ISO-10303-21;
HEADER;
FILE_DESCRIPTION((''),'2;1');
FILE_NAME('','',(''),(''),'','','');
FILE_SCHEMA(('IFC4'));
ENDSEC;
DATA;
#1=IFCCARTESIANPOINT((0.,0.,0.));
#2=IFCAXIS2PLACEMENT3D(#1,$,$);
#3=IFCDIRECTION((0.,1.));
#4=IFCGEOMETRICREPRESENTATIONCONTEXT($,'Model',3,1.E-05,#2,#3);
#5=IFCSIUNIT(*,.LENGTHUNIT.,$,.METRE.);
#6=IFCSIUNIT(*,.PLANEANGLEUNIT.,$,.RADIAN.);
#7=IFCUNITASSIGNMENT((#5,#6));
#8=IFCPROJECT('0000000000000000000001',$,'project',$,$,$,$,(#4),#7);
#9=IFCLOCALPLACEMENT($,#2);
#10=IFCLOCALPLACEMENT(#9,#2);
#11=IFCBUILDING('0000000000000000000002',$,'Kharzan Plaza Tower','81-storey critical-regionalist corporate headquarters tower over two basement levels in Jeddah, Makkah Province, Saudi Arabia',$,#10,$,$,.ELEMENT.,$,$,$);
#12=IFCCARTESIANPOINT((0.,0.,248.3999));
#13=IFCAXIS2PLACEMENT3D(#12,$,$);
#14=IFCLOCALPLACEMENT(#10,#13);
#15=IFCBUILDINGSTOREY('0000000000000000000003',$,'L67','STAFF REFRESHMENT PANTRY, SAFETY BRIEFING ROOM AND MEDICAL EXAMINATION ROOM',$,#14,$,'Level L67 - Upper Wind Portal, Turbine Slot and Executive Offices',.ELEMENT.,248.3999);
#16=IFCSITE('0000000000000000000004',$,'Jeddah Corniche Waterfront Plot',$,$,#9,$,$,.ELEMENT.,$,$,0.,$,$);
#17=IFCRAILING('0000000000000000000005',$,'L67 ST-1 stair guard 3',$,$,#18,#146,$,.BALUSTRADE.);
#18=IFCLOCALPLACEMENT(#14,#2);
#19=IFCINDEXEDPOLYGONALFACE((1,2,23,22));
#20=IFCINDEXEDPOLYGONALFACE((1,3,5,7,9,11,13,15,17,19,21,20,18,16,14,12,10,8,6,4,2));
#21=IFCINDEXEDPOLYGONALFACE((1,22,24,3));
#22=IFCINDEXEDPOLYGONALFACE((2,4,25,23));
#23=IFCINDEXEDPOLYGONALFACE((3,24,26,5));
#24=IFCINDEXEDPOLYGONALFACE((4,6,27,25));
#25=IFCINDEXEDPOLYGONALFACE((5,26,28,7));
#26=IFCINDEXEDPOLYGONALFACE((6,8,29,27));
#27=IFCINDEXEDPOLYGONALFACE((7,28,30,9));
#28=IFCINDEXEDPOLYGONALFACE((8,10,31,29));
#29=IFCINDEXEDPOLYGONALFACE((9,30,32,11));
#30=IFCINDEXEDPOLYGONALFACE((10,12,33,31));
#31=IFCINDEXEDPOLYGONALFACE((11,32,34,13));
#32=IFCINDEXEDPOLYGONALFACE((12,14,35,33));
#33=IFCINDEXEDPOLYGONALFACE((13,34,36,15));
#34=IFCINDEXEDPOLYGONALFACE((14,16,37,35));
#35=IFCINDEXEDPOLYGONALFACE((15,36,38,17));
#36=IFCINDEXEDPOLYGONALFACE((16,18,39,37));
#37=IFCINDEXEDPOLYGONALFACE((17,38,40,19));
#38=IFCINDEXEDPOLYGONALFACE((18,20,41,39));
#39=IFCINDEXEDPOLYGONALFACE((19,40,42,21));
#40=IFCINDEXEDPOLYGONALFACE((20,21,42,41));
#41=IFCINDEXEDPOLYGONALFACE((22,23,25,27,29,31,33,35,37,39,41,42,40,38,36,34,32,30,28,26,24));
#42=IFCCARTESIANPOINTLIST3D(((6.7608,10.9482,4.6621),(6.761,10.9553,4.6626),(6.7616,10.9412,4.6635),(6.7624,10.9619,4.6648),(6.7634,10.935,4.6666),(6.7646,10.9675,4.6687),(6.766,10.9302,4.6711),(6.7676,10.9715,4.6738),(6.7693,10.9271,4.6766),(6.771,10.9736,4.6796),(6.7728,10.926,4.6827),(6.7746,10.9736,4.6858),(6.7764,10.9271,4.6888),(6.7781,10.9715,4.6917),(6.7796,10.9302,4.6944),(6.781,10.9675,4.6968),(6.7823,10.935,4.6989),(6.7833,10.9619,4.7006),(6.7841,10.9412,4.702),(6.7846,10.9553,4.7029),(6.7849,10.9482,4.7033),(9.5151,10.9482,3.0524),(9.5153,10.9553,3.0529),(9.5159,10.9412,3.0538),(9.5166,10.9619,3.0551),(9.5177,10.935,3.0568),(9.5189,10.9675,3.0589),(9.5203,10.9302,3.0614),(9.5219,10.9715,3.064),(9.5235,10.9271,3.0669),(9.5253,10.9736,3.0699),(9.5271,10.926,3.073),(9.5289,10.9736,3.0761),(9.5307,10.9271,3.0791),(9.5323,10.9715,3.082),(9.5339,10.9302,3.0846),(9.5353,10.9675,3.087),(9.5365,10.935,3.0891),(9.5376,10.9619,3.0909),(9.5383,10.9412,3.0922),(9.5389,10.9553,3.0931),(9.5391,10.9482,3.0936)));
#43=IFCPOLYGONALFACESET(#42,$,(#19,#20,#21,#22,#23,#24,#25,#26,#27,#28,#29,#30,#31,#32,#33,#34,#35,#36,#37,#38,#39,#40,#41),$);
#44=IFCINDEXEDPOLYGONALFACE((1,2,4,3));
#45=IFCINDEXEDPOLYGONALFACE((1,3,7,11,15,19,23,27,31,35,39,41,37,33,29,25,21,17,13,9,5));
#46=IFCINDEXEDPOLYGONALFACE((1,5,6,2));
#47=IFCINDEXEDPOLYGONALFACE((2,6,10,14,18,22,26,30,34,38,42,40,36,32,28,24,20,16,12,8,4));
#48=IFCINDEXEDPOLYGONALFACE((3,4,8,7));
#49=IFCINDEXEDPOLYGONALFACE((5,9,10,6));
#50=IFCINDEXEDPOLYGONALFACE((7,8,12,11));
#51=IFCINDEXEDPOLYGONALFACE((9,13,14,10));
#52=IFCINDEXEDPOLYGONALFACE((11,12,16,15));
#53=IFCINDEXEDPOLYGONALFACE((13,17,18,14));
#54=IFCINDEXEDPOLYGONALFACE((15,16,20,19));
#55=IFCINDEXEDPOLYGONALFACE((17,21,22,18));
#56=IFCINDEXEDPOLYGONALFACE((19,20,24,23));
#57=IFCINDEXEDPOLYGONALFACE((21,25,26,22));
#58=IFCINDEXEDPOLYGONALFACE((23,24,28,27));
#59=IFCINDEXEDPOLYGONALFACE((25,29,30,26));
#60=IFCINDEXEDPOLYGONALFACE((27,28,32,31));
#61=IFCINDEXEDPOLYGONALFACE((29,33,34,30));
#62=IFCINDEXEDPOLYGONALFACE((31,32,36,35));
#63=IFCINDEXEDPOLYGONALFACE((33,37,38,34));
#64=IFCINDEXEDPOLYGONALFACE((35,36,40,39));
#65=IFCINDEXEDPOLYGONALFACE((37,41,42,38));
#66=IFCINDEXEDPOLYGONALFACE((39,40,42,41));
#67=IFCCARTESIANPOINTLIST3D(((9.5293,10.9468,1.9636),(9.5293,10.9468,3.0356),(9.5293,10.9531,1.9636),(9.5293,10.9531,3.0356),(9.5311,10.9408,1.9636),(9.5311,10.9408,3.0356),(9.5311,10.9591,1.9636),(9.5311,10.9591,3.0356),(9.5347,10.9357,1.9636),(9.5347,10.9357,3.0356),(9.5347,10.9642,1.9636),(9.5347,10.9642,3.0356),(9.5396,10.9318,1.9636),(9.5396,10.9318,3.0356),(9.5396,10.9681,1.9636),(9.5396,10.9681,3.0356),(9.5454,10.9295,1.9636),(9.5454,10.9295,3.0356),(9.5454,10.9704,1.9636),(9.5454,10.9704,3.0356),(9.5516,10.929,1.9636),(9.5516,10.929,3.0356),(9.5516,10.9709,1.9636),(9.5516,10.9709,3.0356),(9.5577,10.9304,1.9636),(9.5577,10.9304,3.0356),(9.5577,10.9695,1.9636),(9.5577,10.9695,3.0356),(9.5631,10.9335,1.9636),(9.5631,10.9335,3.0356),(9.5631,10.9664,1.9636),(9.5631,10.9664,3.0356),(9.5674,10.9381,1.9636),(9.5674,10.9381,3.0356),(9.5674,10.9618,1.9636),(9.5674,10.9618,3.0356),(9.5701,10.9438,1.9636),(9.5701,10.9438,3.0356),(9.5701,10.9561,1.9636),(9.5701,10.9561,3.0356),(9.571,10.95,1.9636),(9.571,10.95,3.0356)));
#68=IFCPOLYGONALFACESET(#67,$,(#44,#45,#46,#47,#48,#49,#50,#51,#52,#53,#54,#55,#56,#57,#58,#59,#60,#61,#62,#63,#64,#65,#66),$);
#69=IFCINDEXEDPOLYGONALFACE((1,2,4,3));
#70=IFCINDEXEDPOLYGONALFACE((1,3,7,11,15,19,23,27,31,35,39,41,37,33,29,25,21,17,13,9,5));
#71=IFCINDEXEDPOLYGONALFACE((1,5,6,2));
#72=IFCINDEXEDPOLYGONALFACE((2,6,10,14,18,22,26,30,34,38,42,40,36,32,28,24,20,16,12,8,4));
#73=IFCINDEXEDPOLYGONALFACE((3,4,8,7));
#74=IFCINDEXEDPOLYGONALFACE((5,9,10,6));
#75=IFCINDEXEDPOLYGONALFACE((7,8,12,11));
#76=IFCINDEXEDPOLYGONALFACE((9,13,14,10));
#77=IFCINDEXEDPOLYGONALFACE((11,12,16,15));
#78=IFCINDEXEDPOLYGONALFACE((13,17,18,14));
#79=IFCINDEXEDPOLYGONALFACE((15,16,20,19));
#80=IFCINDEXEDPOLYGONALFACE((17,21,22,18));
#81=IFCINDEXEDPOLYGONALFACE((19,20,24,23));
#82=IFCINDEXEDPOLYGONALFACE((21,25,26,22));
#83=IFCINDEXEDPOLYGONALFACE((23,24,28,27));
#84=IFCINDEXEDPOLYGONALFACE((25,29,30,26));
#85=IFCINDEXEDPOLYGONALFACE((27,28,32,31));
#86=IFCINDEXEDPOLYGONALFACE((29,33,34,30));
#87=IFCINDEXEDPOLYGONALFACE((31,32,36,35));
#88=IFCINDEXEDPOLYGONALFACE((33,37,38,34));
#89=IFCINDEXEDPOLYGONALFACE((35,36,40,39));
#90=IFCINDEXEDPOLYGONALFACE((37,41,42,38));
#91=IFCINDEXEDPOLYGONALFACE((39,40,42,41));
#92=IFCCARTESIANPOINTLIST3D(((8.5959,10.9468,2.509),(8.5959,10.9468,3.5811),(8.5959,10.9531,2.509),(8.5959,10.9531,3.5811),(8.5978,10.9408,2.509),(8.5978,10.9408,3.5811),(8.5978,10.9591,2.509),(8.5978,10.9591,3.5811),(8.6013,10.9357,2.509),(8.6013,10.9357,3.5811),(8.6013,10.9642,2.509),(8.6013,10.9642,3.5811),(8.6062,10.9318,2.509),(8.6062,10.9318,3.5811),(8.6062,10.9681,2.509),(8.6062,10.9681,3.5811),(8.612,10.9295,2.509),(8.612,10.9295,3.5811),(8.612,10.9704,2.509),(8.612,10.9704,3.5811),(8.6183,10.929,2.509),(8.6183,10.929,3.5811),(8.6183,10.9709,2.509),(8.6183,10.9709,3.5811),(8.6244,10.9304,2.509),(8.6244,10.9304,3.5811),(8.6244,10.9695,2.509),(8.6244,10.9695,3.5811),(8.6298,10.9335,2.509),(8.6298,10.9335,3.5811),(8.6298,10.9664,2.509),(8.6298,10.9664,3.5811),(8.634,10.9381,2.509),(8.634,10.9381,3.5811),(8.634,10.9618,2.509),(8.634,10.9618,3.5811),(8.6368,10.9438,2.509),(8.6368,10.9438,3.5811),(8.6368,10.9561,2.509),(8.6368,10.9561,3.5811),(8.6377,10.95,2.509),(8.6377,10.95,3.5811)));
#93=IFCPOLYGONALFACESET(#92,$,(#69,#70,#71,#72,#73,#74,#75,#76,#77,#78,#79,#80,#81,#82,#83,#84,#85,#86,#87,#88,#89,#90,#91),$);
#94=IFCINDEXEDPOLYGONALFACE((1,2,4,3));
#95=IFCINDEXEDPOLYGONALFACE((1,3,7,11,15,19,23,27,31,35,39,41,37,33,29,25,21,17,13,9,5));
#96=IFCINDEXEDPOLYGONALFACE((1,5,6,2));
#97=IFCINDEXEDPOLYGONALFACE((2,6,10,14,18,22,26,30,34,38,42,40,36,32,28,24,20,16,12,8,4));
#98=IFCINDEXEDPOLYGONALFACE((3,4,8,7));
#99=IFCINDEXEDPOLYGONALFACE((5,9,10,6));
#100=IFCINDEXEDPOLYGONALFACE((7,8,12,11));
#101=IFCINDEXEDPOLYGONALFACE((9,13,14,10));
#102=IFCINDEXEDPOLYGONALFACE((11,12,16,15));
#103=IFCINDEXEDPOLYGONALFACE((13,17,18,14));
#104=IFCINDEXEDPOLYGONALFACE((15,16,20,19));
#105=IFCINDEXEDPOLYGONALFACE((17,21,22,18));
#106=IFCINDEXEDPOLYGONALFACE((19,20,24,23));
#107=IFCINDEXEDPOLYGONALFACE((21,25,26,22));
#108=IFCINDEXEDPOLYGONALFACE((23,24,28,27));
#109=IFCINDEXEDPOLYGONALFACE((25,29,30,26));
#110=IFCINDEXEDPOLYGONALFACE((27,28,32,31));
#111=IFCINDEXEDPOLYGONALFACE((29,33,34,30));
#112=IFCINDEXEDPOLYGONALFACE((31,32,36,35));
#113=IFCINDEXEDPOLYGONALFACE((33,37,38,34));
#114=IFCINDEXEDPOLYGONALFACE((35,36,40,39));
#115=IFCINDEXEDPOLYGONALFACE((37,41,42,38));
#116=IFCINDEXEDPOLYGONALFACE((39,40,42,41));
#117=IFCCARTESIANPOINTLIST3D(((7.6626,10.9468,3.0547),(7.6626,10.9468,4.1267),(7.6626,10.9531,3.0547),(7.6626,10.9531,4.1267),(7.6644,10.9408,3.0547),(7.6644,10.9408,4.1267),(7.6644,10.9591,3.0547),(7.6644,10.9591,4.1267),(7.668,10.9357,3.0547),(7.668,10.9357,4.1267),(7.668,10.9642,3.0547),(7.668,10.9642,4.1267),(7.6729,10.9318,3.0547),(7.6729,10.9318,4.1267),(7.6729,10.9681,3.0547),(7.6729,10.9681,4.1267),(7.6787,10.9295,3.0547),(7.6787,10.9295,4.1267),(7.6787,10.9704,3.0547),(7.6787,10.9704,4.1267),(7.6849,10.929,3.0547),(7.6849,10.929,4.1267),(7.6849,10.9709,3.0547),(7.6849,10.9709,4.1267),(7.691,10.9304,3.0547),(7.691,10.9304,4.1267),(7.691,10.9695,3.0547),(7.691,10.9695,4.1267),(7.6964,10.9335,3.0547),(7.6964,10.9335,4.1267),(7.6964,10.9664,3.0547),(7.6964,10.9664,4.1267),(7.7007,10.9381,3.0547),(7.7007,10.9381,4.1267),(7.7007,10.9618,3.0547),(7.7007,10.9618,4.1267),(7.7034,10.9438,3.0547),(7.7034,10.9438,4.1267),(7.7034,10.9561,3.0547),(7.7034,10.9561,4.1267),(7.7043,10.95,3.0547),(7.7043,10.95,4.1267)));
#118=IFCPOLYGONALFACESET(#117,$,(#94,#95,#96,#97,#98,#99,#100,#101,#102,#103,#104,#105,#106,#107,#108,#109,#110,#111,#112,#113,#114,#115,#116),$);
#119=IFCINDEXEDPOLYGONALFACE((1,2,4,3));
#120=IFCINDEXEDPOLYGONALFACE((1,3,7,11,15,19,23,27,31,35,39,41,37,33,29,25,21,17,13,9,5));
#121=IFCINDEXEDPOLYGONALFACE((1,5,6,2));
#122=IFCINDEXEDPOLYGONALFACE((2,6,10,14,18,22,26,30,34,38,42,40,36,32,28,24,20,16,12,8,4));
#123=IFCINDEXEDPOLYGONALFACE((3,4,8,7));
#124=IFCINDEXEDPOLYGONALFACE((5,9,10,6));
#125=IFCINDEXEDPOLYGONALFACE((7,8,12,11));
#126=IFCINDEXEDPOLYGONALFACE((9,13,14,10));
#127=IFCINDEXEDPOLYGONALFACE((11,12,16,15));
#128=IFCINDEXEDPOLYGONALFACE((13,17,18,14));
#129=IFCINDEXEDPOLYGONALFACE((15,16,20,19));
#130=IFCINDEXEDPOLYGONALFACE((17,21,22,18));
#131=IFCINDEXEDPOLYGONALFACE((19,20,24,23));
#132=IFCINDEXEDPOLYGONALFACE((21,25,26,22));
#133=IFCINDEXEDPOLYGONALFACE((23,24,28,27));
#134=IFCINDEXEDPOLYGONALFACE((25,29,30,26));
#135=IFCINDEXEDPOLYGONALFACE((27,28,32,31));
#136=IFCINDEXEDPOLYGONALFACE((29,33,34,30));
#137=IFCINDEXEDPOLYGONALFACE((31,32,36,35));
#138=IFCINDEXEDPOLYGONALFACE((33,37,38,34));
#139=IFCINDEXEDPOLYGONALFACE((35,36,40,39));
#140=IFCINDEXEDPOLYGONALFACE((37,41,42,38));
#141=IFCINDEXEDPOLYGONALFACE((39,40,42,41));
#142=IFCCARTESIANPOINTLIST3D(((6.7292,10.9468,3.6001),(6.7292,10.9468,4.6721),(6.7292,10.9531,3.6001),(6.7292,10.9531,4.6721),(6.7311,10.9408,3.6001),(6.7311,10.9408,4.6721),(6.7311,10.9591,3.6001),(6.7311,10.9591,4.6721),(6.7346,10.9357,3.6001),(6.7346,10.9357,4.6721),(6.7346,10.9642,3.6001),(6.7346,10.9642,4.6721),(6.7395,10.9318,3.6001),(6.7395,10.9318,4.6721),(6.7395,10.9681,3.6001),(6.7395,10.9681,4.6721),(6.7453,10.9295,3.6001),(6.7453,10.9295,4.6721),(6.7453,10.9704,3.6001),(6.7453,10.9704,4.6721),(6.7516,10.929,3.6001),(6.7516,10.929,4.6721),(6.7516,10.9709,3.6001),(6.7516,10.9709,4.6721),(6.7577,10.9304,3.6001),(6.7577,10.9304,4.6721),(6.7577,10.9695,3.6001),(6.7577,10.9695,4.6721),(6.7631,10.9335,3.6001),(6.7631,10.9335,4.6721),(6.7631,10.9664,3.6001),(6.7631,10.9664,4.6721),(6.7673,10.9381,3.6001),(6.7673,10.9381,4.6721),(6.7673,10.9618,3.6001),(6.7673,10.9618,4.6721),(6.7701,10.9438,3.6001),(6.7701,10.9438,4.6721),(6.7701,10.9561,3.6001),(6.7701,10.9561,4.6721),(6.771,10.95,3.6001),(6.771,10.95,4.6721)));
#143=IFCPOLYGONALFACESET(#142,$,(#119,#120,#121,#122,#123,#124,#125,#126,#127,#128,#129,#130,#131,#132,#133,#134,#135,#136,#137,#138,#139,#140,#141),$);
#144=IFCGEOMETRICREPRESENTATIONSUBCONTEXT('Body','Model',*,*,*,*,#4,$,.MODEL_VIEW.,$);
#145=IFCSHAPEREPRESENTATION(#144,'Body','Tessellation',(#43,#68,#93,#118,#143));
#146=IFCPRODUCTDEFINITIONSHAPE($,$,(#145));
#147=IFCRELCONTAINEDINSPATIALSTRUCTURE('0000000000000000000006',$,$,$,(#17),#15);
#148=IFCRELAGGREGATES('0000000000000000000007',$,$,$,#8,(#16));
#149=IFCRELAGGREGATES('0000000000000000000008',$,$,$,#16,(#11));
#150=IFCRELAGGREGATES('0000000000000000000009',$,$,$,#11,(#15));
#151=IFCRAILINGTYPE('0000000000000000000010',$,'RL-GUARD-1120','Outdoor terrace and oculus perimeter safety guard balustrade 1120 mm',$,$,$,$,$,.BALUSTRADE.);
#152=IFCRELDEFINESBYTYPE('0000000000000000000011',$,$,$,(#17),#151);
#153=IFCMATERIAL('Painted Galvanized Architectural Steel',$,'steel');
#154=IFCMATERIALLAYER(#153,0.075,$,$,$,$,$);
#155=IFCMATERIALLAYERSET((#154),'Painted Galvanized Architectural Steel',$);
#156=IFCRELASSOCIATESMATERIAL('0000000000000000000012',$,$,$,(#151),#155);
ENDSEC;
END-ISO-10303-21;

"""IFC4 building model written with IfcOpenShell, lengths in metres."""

from ifc_helpers import new_model, si_unit, direction, frame, origin, origin_2d, place, context, subcontext, project, spatial, circle, extrude, source, transform, mapped, material, layer, layer_set, type_object, element, save


model = new_model("IFC4")

# Units and contexts
model_context = context("Model", 3, precision=1e-05, world=origin(), true_north=direction((0.0, 1.0)))
body_context = subcontext(model_context, "Body", "Model", "MODEL_VIEW")
ifc_project = project(units=[si_unit("LENGTHUNIT", "METRE"), si_unit("PLANEANGLEUNIT", "RADIAN")], contexts=[model_context])

# Site, building, storey
site_placement = place(None, origin())
site = spatial("IfcSite", under=ifc_project, at=site_placement, Name="Jeddah Corniche Waterfront Plot", CompositionType="ELEMENT", RefElevation=0.0)
building_placement = place(site_placement, origin())
building = spatial("IfcBuilding", under=site, at=building_placement, Name="Kharzan Plaza Tower", Description="81-storey critical-regionalist corporate headquarters tower over two basement levels in Jeddah, Makkah Province, Saudi Arabia", CompositionType="ELEMENT")
storey_placement = place(building_placement, frame((0.0, 0.0, 248.3999)))
storey = spatial("IfcBuildingStorey", under=building, at=storey_placement, Name="L67", Description="STAFF REFRESHMENT PANTRY, SAFETY BRIEFING ROOM AND MEDICAL EXAMINATION ROOM", LongName="Level L67 - Upper Wind Portal, Turbine Slot and Executive Offices", CompositionType="ELEMENT", Elevation=248.3999)

# Railing
ifc_material_1 = material(Name="Painted Galvanized Architectural Steel", Category="steel")
ifc_layer_1 = layer(ifc_material_1, 0.075)
ifc_layer_set_1 = layer_set([ifc_layer_1], Name="Painted Galvanized Architectural Steel")
railing_type_1 = type_object("IfcRailingType", Name="RL-GUARD-1120", Description="Outdoor terrace and oculus perimeter safety guard balustrade 1120 mm", PredefinedType="BALUSTRADE", material=ifc_layer_set_1)
shared_shape_1 = source(origin(), body_context, "Body", "SweptSolid", [
    extrude(circle(Radius=0.0239, at=origin_2d()), frame((-0.0229, 0.0, 1.1094), z_axis=(-0.863361, 0.0, 0.504587), x_axis=(0.0, -1.0, 0.0)), (0.0, 0.0, 1.0), 3.1902),
    extrude(circle(Radius=0.021, at=origin_2d()), origin(), (0.0, 0.0, 1.0), 1.072),
    extrude(circle(Radius=0.021, at=origin_2d()), frame((-0.9333, 0.0, 0.5454)), (0.0, 0.0, 1.0), 1.072),
    extrude(circle(Radius=0.021, at=origin_2d()), frame((-1.8667, 0.0, 1.0911)), (0.0, 0.0, 1.0), 1.072),
    extrude(circle(Radius=0.021, at=origin_2d()), frame((-2.8, 0.0, 1.6365)), (0.0, 0.0, 1.0), 1.072),
])
railing_1_placement = place(storey_placement, frame((9.55, 10.95, 1.9636)))
element("IfcRailing", 1, at=railing_1_placement, inside=storey, type_object=railing_type_1, Name="L67 ST-1 stair guard 3", PredefinedType="BALUSTRADE", context=body_context, shape_type="MappedRepresentation", body=[
    mapped(shared_shape_1, transform((0.0, 0.0, 0.0), x_axis=(1.0, 0.0, 0.0), y_axis=(0.0, 1.0, 0.0), z_axis=(0.0, 0.0, 1.0))),
])

save(model, "model.ifc")
